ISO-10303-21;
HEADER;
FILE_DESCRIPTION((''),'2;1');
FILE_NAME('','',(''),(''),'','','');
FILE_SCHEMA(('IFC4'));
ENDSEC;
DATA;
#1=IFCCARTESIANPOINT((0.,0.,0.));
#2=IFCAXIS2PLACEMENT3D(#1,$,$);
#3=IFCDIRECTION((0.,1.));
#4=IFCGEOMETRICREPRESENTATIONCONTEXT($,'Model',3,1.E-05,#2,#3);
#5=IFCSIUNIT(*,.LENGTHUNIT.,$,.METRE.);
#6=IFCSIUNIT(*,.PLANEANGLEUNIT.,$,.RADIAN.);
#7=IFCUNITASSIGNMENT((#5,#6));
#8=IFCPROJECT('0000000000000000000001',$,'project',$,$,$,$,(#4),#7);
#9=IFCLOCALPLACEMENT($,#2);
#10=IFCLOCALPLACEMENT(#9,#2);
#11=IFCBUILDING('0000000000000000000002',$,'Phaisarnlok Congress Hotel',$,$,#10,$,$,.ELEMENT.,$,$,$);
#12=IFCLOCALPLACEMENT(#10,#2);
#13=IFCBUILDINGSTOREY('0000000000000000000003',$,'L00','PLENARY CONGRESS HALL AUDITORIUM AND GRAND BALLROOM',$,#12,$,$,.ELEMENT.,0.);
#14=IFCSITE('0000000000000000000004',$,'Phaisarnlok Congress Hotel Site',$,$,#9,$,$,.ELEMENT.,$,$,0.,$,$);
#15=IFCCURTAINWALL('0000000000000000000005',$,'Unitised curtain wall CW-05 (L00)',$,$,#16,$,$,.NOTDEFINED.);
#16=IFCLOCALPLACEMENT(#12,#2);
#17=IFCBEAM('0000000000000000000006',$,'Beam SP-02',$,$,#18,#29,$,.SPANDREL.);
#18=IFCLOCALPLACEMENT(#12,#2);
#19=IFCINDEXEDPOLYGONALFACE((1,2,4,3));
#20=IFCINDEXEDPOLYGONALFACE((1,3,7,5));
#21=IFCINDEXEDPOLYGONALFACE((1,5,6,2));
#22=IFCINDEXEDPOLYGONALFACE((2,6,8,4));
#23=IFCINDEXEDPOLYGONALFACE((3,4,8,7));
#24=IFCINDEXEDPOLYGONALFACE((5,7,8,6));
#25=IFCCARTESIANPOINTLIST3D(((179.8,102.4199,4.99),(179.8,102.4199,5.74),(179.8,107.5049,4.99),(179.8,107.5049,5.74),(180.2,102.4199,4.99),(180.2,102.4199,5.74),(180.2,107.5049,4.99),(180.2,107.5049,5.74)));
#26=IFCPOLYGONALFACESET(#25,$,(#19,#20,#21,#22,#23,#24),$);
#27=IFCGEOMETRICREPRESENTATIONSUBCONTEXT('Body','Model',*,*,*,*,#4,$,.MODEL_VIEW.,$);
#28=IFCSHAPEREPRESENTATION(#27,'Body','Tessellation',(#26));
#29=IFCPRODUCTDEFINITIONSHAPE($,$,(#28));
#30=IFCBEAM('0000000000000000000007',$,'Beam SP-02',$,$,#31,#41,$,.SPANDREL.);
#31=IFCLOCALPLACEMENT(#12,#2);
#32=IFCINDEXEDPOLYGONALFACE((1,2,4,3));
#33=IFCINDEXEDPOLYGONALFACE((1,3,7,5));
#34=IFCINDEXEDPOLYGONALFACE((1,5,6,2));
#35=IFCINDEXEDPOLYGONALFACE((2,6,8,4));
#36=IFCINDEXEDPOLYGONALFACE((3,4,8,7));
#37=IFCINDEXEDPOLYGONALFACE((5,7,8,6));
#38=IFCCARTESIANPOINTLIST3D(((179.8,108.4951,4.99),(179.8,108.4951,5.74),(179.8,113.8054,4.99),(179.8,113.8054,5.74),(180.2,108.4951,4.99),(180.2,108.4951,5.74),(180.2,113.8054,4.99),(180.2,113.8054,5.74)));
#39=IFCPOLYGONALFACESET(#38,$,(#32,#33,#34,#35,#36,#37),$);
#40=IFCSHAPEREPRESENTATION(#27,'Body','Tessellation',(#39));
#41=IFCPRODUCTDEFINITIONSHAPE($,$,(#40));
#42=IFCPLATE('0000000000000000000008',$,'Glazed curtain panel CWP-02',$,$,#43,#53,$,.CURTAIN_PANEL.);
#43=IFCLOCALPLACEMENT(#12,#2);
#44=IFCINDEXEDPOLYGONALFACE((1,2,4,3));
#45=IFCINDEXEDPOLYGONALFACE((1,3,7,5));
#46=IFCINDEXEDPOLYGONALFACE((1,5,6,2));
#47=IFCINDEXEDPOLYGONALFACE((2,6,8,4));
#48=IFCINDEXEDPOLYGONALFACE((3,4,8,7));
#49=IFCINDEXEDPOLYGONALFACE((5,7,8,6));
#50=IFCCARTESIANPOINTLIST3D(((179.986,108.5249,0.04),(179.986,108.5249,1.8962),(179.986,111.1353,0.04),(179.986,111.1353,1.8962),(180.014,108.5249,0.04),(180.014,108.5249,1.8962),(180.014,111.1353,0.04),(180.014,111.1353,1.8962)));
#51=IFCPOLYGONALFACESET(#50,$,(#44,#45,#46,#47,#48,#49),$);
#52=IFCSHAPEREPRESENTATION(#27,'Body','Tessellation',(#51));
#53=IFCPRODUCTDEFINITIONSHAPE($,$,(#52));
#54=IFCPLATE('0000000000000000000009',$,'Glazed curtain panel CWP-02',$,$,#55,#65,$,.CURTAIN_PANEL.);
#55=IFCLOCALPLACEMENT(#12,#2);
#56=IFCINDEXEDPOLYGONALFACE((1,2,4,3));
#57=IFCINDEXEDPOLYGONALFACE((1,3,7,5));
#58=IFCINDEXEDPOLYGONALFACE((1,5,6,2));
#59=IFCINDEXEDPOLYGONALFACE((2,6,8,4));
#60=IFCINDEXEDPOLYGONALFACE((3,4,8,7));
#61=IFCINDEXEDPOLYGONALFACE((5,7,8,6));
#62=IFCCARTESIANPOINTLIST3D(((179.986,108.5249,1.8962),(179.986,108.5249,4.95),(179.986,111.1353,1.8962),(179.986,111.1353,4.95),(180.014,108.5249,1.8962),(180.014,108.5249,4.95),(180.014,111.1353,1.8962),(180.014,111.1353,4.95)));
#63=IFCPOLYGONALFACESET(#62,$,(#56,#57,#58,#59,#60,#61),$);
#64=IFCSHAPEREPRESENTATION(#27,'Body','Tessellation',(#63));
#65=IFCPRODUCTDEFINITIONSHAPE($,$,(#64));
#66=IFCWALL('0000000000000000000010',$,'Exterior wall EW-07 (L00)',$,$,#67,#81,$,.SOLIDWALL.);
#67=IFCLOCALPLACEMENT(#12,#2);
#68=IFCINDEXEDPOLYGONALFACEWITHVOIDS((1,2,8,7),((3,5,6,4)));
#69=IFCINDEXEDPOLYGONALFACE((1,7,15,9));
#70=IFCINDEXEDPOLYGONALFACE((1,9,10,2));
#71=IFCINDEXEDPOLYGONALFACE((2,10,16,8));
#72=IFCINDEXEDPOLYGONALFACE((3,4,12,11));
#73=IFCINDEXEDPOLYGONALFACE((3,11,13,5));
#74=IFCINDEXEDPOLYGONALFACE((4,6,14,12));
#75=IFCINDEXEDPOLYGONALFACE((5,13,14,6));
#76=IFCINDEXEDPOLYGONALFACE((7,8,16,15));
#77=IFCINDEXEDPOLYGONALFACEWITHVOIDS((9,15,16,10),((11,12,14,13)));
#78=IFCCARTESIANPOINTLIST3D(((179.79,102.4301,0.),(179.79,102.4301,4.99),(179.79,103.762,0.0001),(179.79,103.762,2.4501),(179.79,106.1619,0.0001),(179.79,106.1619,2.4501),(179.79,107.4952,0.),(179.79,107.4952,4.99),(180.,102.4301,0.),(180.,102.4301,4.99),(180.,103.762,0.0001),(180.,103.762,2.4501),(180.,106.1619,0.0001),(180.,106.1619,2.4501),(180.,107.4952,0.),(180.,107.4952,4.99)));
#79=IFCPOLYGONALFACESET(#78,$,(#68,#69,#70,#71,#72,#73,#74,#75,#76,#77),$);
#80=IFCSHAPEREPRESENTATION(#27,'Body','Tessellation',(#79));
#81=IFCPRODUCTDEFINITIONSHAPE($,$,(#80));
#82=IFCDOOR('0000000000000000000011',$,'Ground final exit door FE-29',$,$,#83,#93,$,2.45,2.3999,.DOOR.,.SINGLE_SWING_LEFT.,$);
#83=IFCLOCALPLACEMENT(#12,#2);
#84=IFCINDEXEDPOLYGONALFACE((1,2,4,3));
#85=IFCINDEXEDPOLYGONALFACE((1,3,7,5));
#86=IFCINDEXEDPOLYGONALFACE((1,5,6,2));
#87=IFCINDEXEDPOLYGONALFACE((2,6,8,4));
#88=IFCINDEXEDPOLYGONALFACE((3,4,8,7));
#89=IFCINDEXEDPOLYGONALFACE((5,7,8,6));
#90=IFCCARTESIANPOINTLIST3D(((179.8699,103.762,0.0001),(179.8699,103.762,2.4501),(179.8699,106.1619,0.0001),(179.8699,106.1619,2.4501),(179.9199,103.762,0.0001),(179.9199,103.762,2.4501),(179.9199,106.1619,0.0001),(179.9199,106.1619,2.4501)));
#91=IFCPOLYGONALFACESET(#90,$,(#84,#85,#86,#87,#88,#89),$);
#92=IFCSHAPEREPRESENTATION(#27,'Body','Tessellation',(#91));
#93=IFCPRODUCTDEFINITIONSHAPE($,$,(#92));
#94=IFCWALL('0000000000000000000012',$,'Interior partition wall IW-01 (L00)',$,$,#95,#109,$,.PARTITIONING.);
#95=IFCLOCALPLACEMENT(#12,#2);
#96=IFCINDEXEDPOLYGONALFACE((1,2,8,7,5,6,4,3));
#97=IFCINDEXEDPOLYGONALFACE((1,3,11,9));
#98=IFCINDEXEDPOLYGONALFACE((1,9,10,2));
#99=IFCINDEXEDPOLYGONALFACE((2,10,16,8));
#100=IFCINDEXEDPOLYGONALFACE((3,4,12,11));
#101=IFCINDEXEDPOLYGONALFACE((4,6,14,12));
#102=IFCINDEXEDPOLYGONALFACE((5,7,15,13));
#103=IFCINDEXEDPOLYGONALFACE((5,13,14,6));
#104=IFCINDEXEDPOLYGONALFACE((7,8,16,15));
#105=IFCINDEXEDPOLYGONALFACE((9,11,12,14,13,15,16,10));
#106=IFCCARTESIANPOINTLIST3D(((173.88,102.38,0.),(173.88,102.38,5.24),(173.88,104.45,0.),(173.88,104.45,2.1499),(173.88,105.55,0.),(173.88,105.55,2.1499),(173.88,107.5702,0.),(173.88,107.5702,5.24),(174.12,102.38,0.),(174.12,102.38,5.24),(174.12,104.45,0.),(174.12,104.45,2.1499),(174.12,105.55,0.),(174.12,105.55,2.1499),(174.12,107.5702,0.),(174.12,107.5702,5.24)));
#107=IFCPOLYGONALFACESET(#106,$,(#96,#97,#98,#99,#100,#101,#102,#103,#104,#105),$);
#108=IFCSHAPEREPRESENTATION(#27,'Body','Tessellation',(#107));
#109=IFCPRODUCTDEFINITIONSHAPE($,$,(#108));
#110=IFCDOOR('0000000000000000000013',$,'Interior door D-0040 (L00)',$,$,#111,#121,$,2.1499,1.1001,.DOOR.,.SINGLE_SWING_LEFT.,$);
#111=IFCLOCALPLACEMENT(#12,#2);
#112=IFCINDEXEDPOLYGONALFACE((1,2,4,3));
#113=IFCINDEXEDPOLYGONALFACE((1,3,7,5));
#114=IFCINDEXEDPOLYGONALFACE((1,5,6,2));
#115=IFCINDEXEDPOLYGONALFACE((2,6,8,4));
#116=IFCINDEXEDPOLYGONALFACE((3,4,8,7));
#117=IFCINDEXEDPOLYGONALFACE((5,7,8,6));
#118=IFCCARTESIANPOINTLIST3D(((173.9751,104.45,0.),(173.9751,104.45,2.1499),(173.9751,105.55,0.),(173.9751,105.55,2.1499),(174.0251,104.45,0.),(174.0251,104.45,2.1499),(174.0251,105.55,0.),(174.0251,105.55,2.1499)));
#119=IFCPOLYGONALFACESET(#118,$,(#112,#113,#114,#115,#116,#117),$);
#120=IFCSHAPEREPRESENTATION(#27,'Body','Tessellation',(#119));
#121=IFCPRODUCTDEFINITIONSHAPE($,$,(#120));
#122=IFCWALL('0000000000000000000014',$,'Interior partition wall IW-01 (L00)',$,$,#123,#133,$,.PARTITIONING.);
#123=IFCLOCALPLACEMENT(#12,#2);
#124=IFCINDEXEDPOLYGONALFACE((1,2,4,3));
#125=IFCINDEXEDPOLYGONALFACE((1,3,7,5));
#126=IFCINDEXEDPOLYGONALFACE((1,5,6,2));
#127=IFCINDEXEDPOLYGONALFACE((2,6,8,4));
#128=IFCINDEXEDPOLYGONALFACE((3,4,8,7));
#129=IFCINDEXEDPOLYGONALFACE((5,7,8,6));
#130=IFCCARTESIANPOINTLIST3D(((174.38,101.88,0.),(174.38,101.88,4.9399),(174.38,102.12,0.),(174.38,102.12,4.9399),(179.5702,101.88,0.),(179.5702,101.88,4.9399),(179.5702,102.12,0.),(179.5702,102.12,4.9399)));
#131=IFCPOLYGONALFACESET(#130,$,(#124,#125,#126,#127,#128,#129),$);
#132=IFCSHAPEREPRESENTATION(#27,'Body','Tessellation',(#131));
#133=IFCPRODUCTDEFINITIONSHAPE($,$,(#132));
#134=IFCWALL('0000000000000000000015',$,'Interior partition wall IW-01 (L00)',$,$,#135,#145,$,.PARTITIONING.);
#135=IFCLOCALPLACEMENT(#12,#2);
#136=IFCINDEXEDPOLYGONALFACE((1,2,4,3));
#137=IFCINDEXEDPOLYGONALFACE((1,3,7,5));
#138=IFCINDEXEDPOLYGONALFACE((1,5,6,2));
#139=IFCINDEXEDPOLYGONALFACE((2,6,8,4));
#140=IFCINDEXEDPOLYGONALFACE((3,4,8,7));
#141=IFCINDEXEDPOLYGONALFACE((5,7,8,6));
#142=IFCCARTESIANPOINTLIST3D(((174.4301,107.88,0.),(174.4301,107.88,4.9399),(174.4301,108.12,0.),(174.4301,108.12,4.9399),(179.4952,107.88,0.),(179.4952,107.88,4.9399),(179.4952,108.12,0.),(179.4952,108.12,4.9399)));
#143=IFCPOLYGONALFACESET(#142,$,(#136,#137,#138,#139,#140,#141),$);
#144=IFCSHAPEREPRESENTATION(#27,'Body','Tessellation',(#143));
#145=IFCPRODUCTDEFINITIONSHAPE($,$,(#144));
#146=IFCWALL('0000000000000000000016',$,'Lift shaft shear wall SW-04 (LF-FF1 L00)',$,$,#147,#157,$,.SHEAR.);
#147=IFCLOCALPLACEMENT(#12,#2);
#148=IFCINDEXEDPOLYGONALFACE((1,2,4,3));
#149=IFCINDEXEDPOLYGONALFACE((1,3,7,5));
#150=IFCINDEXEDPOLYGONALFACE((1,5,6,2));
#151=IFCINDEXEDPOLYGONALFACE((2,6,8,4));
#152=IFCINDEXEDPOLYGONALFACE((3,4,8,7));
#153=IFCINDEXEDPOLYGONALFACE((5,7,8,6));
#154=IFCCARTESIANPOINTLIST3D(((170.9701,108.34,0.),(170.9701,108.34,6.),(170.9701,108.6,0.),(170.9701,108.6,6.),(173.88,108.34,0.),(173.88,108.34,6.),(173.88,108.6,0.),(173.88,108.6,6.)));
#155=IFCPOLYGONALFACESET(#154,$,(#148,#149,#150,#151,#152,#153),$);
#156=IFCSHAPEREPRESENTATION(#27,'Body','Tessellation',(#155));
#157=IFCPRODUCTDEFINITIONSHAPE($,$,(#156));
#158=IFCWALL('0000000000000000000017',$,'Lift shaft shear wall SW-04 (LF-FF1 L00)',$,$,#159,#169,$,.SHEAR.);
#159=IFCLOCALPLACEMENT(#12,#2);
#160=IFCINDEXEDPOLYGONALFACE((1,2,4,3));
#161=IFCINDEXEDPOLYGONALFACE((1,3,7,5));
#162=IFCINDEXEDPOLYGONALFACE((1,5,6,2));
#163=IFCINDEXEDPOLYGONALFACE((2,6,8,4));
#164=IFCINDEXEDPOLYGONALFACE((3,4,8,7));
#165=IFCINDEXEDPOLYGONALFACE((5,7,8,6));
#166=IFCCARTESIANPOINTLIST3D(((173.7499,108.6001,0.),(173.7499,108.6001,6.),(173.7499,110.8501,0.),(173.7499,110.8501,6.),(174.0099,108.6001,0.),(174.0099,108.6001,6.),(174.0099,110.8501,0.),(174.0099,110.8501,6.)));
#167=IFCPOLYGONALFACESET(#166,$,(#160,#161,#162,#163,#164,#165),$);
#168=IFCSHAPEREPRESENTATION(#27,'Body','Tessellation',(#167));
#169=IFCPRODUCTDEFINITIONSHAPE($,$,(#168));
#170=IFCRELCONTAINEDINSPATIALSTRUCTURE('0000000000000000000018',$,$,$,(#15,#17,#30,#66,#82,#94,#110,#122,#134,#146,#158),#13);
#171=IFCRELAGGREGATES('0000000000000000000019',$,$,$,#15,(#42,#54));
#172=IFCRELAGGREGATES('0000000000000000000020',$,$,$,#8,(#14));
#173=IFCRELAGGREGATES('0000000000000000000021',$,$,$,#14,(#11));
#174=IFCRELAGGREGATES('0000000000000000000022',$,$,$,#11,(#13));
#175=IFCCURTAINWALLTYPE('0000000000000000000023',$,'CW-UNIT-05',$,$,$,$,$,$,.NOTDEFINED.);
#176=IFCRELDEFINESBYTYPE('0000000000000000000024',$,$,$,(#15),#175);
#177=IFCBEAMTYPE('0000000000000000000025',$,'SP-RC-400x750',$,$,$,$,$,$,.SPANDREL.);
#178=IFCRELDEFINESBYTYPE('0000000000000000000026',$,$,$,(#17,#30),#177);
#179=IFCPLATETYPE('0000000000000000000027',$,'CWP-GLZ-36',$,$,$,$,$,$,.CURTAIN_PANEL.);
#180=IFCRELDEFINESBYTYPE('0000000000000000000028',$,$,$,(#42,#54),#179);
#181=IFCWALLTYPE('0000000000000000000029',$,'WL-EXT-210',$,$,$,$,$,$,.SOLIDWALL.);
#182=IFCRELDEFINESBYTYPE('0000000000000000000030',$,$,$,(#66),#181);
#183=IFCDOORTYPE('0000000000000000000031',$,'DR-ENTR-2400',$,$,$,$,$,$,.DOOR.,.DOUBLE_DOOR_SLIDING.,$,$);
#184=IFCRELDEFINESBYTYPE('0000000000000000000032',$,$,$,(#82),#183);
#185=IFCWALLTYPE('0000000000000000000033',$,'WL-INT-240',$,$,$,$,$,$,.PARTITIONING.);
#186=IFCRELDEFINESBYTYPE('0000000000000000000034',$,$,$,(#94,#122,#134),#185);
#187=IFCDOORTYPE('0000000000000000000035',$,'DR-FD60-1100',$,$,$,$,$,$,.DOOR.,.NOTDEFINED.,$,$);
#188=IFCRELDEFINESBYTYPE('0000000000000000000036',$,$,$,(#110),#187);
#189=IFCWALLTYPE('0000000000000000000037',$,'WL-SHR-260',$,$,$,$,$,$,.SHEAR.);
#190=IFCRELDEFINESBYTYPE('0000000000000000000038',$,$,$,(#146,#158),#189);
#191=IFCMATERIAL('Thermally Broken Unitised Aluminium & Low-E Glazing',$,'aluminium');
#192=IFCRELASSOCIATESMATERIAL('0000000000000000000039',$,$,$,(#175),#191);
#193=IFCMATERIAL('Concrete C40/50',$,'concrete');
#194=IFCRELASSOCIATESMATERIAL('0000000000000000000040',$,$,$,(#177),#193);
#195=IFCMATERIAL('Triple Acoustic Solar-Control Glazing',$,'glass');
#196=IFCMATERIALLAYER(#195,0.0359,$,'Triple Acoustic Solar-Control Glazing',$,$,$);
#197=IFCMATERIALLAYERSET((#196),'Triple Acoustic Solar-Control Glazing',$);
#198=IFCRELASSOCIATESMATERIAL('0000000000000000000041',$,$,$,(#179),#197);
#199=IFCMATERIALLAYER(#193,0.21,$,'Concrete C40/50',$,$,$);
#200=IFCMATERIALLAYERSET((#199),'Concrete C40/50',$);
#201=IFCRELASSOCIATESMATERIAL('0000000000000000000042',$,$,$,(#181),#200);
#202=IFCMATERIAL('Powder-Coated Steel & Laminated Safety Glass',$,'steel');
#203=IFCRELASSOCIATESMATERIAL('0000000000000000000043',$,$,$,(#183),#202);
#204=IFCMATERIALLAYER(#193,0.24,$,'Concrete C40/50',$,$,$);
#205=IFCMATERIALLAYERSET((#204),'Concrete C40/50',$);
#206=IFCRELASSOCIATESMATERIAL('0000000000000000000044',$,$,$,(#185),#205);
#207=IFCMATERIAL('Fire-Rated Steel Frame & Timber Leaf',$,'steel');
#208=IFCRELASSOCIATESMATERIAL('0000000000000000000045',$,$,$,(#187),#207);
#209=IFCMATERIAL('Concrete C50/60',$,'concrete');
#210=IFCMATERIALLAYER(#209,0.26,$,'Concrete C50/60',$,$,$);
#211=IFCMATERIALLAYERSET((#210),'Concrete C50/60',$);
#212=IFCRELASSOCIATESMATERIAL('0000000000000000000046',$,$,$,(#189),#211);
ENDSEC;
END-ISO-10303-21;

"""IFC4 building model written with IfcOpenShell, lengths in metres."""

from ifc_helpers import new_model, si_unit, direction, frame, frame_2d, origin, origin_2d, place, context, subcontext, project, spatial, rectangle, extrude, material, layer, layer_set, material_profile, profile_set, type_object, element, fill, aggregate, save


model = new_model("IFC4")

# Units and contexts
model_context = context("Model", 3, precision=1e-05, world=origin(), true_north=direction((0.0, 1.0)))
body_context = subcontext(model_context, "Body", "Model", "MODEL_VIEW")
ifc_project = project(units=[si_unit("LENGTHUNIT", "METRE"), si_unit("PLANEANGLEUNIT", "RADIAN")], contexts=[model_context])

# Site, building, storey
site_placement = place(None, origin())
site = spatial("IfcSite", under=ifc_project, at=site_placement, Name="Phaisarnlok Congress Hotel Site", CompositionType="ELEMENT", RefElevation=0.0)
building_placement = place(site_placement, origin())
building = spatial("IfcBuilding", under=site, at=building_placement, Name="Phaisarnlok Congress Hotel", CompositionType="ELEMENT")
storey_placement = place(building_placement, origin())
storey = spatial("IfcBuildingStorey", under=building, at=storey_placement, Name="L00", Description="PLENARY CONGRESS HALL AUDITORIUM AND GRAND BALLROOM", CompositionType="ELEMENT", Elevation=0.0)

# Shared definitions
ifc_material_1 = material(Name="Concrete C50/60", Category="concrete")

# Shared definitions
ifc_material_2 = material(Name="Concrete C40/50", Category="concrete")

# Curtain wall
ifc_material_3 = material(Name="Thermally Broken Unitised Aluminium & Low-E Glazing", Category="aluminium")
curtain_wall_type = type_object("IfcCurtainWallType", Name="CW-UNIT-05", PredefinedType="NOTDEFINED", material=ifc_material_3)
curtain_wall_placement = place(storey_placement, origin())
curtain_wall = element("IfcCurtainWall", 1, at=curtain_wall_placement, inside=storey, type_object=curtain_wall_type, Name="Unitised curtain wall CW-05 (L00)", PredefinedType="NOTDEFINED")

# Beams
ifc_material_profile_1 = material_profile(ifc_material_2, rectangle(XDim=0.3999, YDim=0.75, at=origin_2d()), Name="RC 400x750")
ifc_profile_set_1 = profile_set([ifc_material_profile_1], Name="Concrete C40/50")
beam_type_1 = type_object("IfcBeamType", Name="SP-RC-400x750", PredefinedType="SPANDREL", material=ifc_profile_set_1)
beam_1_placement = place(storey_placement, frame((180.0, 102.4199, 5.365), z_axis=(0.0, 1.0, 0.0), x_axis=(-1.0, 0.0, 0.0)))
element("IfcBeam", 2, at=beam_1_placement, inside=storey, type_object=beam_type_1, Name="Beam SP-02", PredefinedType="SPANDREL", context=body_context, shape_type="SweptSolid", body=[
    extrude(rectangle(XDim=0.3999, YDim=0.75, at=origin_2d()), origin(), (0.0, 0.0, 1.0), 5.085),
])
beam_2_placement = place(storey_placement, frame((180.0, 108.4951, 5.365), z_axis=(0.0, 1.0, 0.0), x_axis=(-1.0, 0.0, 0.0)))
element("IfcBeam", 3, at=beam_2_placement, inside=storey, type_object=beam_type_1, Name="Beam SP-02", PredefinedType="SPANDREL", context=body_context, shape_type="SweptSolid", body=[
    extrude(rectangle(XDim=0.3999, YDim=0.75, at=origin_2d()), origin(), (0.0, 0.0, 1.0), 5.3103),
])

# Plates
ifc_material_4 = material(Name="Triple Acoustic Solar-Control Glazing", Category="glass")
ifc_layer_1 = layer(ifc_material_4, 0.0359, Name="Triple Acoustic Solar-Control Glazing")
ifc_layer_set_1 = layer_set([ifc_layer_1], Name="Triple Acoustic Solar-Control Glazing")
plate_type = type_object("IfcPlateType", Name="CWP-GLZ-36", PredefinedType="CURTAIN_PANEL", material=ifc_layer_set_1)
plate_1_placement = place(storey_placement, frame((180.0, 108.5249, 0.04), z_axis=(0.0, 0.0, 1.0), x_axis=(0.0, 1.0, 0.0)))
plate_1 = element("IfcPlate", 4, at=plate_1_placement, type_object=plate_type, Name="Glazed curtain panel CWP-02", PredefinedType="CURTAIN_PANEL", context=body_context, shape_type="SweptSolid", body=[
    extrude(rectangle(XDim=2.6104, YDim=0.0281, at=frame_2d((1.3052, 0.0))), origin(), (0.0, 0.0, 1.0), 1.8562),
])
plate_2_placement = place(storey_placement, frame((180.0, 108.5249, 1.8962), z_axis=(0.0, 0.0, 1.0), x_axis=(0.0, 1.0, 0.0)))
plate_2 = element("IfcPlate", 5, at=plate_2_placement, type_object=plate_type, Name="Glazed curtain panel CWP-02", PredefinedType="CURTAIN_PANEL", context=body_context, shape_type="SweptSolid", body=[
    extrude(rectangle(XDim=2.6104, YDim=0.0281, at=frame_2d((1.3052, 0.0))), origin(), (0.0, 0.0, 1.0), 3.0537),
])
aggregate(curtain_wall, [plate_1, plate_2])

# Walls, openings, doors
ifc_layer_2 = layer(ifc_material_2, 0.21, Name="Concrete C40/50")
ifc_layer_set_2 = layer_set([ifc_layer_2], Name="Concrete C40/50")
wall_type_1 = type_object("IfcWallType", Name="WL-EXT-210", PredefinedType="SOLIDWALL", material=ifc_layer_set_2)
wall_1_placement = place(storey_placement, frame((179.895, 102.4299, 0.0), z_axis=(0.0, 0.0, 1.0), x_axis=(0.0, 1.0, 0.0)))
wall_1 = element("IfcWall", 6, at=wall_1_placement, inside=storey, type_object=wall_type_1, Name="Exterior wall EW-07 (L00)", PredefinedType="SOLIDWALL", context=body_context, shape_type="SweptSolid", body=[
    extrude(rectangle(XDim=5.0652, YDim=0.21, at=frame_2d((2.5327, 0.0))), origin(), (0.0, 0.0, 1.0), 4.99),
])
opening_1_placement = place(wall_1_placement, frame((1.332, 0.0, 0.0)))
opening_1 = element("IfcOpeningElement", 7, at=opening_1_placement, cuts=wall_1, PredefinedType="OPENING", context=body_context, shape_type="SweptSolid", body=[
    extrude(rectangle(XDim=2.3999, YDim=2.45, at=frame_2d((1.2, 1.2251))), frame((0.0, 0.115, 0.0), z_axis=(0.0, -1.0, 0.0), x_axis=(1.0, 0.0, 0.0)), (0.0, 0.0, 1.0), 0.23),
])
ifc_material_5 = material(Name="Powder-Coated Steel & Laminated Safety Glass", Category="steel")
door_type_1 = type_object("IfcDoorType", Name="DR-ENTR-2400", OperationType="DOUBLE_DOOR_SLIDING", PredefinedType="DOOR", material=ifc_material_5)
door_1_placement = place(opening_1_placement, frame((2.3999, 0.0, 0.0), z_axis=(0.0, 0.0, 1.0), x_axis=(-1.0, 0.0, 0.0)))
door_1 = element("IfcDoor", 8, at=door_1_placement, inside=storey, type_object=door_type_1, Name="Ground final exit door FE-29", OperationType="SINGLE_SWING_LEFT", OverallHeight=2.45, OverallWidth=2.3999, PredefinedType="DOOR", context=body_context, shape_type="SweptSolid", body=[
    extrude(rectangle(XDim=2.3999, YDim=2.45, at=frame_2d((1.2, 1.2251))), frame((0.0, 0.0249, 0.0), z_axis=(0.0, -1.0, 0.0), x_axis=(1.0, 0.0, 0.0)), (0.0, 0.0, 1.0), 0.05),
])
fill(opening_1, door_1)
ifc_layer_3 = layer(ifc_material_2, 0.24, Name="Concrete C40/50")
ifc_layer_set_3 = layer_set([ifc_layer_3], Name="Concrete C40/50")
wall_type_2 = type_object("IfcWallType", Name="WL-INT-240", PredefinedType="PARTITIONING", material=ifc_layer_set_3)
wall_2_placement = place(storey_placement, frame((174.0, 102.3799, 0.0), z_axis=(0.0, 0.0, 1.0), x_axis=(0.0, 1.0, 0.0)))
wall_2 = element("IfcWall", 9, at=wall_2_placement, inside=storey, type_object=wall_type_2, Name="Interior partition wall IW-01 (L00)", PredefinedType="PARTITIONING", context=body_context, shape_type="SweptSolid", body=[
    extrude(rectangle(XDim=5.1902, YDim=0.24, at=frame_2d((2.5952, 0.0))), origin(), (0.0, 0.0, 1.0), 5.24),
])
opening_2_placement = place(wall_2_placement, frame((2.0701, 0.0, 0.0)))
opening_2 = element("IfcOpeningElement", 10, at=opening_2_placement, cuts=wall_2, PredefinedType="OPENING", context=body_context, shape_type="SweptSolid", body=[
    extrude(rectangle(XDim=1.1001, YDim=2.1499, at=frame_2d((0.55, 1.075))), frame((0.0, 0.1299, 0.0), z_axis=(0.0, -1.0, 0.0), x_axis=(1.0, 0.0, 0.0)), (0.0, 0.0, 1.0), 0.26),
])
ifc_material_6 = material(Name="Fire-Rated Steel Frame & Timber Leaf", Category="steel")
door_type_2 = type_object("IfcDoorType", Name="DR-FD60-1100", OperationType="NOTDEFINED", PredefinedType="DOOR", material=ifc_material_6)
door_2_placement = place(opening_2_placement, origin())
door_2 = element("IfcDoor", 11, at=door_2_placement, inside=storey, type_object=door_type_2, Name="Interior door D-0040 (L00)", OperationType="SINGLE_SWING_LEFT", OverallHeight=2.1499, OverallWidth=1.1001, PredefinedType="DOOR", context=body_context, shape_type="SweptSolid", body=[
    extrude(rectangle(XDim=1.1001, YDim=2.1499, at=frame_2d((0.55, 1.075))), frame((0.0, 0.0249, 0.0), z_axis=(0.0, -1.0, 0.0), x_axis=(1.0, 0.0, 0.0)), (0.0, 0.0, 1.0), 0.05),
])
fill(opening_2, door_2)

# Walls
wall_3_placement = place(storey_placement, frame((174.3799, 102.0, 0.0), z_axis=(0.0, 0.0, 1.0), x_axis=(1.0, 0.0, 0.0)))
element("IfcWall", 12, at=wall_3_placement, inside=storey, type_object=wall_type_2, Name="Interior partition wall IW-01 (L00)", PredefinedType="PARTITIONING", context=body_context, shape_type="SweptSolid", body=[
    extrude(rectangle(XDim=5.1902, YDim=0.24, at=frame_2d((2.5952, 0.0))), origin(), (0.0, 0.0, 1.0), 4.9399),
])
wall_4_placement = place(storey_placement, frame((174.4299, 108.0, 0.0), z_axis=(0.0, 0.0, 1.0), x_axis=(1.0, 0.0, 0.0)))
element("IfcWall", 13, at=wall_4_placement, inside=storey, type_object=wall_type_2, Name="Interior partition wall IW-01 (L00)", PredefinedType="PARTITIONING", context=body_context, shape_type="SweptSolid", body=[
    extrude(rectangle(XDim=5.0652, YDim=0.24, at=frame_2d((2.5327, 0.0))), origin(), (0.0, 0.0, 1.0), 4.9399),
])
ifc_layer_4 = layer(ifc_material_1, 0.26, Name="Concrete C50/60")
ifc_layer_set_4 = layer_set([ifc_layer_4], Name="Concrete C50/60")
wall_type_3 = type_object("IfcWallType", Name="WL-SHR-260", PredefinedType="SHEAR", material=ifc_layer_set_4)
wall_5_placement = place(storey_placement, frame((170.97, 108.47, 0.0), z_axis=(0.0, 0.0, 1.0), x_axis=(1.0, 0.0, 0.0)))
element("IfcWall", 14, at=wall_5_placement, inside=storey, type_object=wall_type_3, Name="Lift shaft shear wall SW-04 (LF-FF1 L00)", PredefinedType="SHEAR", context=body_context, shape_type="SweptSolid", body=[
    extrude(rectangle(XDim=2.9099, YDim=0.26, at=frame_2d((1.4551, 0.0))), origin(), (0.0, 0.0, 1.0), 6.0),
])
wall_6_placement = place(storey_placement, frame((173.8799, 108.6001, 0.0), z_axis=(0.0, 0.0, 1.0), x_axis=(0.0, 1.0, 0.0)))
element("IfcWall", 15, at=wall_6_placement, inside=storey, type_object=wall_type_3, Name="Lift shaft shear wall SW-04 (LF-FF1 L00)", PredefinedType="SHEAR", context=body_context, shape_type="SweptSolid", body=[
    extrude(rectangle(XDim=2.25, YDim=0.26, at=frame_2d((1.125, 0.0))), origin(), (0.0, 0.0, 1.0), 6.0),
])

save(model, "model.ifc")
